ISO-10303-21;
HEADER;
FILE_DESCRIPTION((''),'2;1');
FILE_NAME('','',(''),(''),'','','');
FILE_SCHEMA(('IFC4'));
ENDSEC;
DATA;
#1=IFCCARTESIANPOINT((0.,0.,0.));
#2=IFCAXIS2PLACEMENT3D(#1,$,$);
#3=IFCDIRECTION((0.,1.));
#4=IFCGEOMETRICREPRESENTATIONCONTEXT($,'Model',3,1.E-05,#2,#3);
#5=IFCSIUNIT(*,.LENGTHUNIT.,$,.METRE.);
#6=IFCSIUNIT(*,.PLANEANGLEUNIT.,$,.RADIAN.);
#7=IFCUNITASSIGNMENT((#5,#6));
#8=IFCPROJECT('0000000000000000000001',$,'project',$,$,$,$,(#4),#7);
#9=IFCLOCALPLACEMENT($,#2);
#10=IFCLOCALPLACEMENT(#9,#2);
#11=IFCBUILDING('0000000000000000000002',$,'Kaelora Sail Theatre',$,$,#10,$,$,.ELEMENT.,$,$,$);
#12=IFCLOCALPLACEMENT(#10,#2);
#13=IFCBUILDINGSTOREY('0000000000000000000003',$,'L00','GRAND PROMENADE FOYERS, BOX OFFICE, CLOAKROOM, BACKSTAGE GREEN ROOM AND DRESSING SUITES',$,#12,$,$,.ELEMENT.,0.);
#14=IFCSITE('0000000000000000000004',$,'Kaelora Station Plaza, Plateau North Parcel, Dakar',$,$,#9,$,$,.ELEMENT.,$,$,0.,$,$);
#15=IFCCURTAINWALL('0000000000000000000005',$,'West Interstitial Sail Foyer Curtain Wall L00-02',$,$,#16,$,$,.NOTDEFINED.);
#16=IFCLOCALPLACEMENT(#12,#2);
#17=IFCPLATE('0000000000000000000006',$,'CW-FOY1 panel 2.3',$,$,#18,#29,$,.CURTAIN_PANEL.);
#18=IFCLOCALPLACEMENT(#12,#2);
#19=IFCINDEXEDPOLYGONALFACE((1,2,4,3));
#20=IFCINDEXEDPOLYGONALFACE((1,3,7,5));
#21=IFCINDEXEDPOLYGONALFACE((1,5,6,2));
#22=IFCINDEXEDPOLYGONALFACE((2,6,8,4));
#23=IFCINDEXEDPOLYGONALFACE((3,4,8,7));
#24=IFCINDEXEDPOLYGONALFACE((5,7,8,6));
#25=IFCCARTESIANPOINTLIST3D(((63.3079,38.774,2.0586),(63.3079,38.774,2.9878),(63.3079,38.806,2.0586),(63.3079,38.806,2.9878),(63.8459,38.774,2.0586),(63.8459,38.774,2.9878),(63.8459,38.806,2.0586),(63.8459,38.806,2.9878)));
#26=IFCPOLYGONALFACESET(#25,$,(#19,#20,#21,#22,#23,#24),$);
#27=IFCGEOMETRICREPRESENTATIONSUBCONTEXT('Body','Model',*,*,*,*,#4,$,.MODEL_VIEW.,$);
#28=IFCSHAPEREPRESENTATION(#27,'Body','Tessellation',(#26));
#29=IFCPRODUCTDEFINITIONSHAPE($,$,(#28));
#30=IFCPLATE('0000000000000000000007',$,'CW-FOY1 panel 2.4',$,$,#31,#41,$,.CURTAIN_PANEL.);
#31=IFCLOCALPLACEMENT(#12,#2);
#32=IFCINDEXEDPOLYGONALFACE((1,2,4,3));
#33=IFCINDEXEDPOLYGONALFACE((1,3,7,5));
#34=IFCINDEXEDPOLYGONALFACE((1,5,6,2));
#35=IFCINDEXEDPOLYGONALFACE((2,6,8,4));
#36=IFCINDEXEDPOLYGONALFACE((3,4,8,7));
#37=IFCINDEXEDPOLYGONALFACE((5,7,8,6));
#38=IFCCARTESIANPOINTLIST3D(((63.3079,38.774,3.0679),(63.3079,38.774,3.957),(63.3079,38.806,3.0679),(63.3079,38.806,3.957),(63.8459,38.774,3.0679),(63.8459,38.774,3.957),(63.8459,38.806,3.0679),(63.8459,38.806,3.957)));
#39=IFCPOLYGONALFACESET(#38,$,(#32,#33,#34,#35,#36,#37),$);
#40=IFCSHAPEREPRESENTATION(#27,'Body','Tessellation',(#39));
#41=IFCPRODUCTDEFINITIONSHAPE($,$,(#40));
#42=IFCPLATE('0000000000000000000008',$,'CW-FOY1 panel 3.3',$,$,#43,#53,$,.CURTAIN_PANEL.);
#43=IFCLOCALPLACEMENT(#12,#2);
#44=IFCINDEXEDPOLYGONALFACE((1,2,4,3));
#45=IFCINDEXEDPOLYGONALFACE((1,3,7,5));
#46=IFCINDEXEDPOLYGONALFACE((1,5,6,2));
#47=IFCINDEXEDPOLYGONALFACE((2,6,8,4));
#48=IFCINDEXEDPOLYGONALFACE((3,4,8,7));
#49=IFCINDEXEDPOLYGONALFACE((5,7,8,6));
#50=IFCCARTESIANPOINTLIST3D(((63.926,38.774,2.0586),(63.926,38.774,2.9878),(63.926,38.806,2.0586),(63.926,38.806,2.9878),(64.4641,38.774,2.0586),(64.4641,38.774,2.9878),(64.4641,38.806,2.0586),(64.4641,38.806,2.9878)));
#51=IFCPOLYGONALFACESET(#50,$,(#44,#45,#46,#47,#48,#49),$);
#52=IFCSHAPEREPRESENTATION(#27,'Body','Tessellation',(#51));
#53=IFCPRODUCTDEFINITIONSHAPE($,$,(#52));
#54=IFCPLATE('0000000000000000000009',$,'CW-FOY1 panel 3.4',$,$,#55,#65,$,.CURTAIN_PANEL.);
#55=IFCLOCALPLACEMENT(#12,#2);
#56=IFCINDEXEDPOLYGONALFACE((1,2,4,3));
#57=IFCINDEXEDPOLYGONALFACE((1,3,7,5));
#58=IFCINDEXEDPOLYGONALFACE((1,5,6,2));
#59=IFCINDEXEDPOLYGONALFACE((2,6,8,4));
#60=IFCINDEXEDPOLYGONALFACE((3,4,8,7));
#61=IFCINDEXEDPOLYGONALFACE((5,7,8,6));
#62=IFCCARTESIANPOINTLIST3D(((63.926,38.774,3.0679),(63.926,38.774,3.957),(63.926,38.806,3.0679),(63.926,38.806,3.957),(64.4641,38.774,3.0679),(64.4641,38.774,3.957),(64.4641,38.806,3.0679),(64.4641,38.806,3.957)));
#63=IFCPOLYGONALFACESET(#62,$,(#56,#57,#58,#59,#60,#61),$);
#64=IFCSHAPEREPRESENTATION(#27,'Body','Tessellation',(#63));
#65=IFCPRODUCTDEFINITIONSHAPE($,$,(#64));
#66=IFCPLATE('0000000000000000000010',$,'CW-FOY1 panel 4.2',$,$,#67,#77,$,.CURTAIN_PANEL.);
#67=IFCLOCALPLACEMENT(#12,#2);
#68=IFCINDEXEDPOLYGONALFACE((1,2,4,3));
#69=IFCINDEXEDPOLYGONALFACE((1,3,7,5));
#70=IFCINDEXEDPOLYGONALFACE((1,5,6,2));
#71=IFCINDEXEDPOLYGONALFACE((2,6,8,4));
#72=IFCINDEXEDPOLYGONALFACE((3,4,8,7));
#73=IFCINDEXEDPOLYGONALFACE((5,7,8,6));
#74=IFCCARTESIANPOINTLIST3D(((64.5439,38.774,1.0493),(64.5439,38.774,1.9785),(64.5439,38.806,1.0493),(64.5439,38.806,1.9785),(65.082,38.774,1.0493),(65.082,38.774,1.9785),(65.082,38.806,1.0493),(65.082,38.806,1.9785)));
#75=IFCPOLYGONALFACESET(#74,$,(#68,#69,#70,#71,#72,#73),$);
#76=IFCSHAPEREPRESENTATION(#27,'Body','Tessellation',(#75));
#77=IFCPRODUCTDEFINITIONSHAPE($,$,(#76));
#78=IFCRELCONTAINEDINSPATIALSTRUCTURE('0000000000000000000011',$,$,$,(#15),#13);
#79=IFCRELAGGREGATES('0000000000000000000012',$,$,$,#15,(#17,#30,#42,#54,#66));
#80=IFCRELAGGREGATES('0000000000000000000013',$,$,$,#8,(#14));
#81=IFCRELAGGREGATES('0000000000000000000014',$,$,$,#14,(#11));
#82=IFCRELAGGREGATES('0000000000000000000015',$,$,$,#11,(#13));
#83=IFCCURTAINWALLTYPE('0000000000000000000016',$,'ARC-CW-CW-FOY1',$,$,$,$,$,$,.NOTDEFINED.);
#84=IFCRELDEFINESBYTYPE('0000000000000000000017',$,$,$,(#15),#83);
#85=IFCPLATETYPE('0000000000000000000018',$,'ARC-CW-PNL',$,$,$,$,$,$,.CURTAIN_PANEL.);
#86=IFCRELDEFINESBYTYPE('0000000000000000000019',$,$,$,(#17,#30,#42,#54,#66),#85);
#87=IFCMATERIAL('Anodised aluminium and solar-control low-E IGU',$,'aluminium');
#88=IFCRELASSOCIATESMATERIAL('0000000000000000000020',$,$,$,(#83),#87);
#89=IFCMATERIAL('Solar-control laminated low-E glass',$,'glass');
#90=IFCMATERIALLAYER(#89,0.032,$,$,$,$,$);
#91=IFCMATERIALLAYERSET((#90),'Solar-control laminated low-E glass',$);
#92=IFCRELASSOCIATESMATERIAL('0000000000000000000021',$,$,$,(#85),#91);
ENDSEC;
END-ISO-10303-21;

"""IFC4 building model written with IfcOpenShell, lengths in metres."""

from ifc_helpers import new_model, si_unit, direction, frame, origin, origin_2d, place, context, subcontext, project, spatial, rectangle, extrude, material, layer, layer_set, type_object, element, aggregate, save


model = new_model("IFC4")

# Units and contexts
model_context = context("Model", 3, precision=1e-05, world=origin(), true_north=direction((0.0, 1.0)))
body_context = subcontext(model_context, "Body", "Model", "MODEL_VIEW")
ifc_project = project(units=[si_unit("LENGTHUNIT", "METRE"), si_unit("PLANEANGLEUNIT", "RADIAN")], contexts=[model_context])

# Site, building, storey
site_placement = place(None, origin())
site = spatial("IfcSite", under=ifc_project, at=site_placement, Name="Kaelora Station Plaza, Plateau North Parcel, Dakar", CompositionType="ELEMENT", RefElevation=0.0)
building_placement = place(site_placement, origin())
building = spatial("IfcBuilding", under=site, at=building_placement, Name="Kaelora Sail Theatre", CompositionType="ELEMENT")
storey_placement = place(building_placement, origin())
storey = spatial("IfcBuildingStorey", under=building, at=storey_placement, Name="L00", Description="GRAND PROMENADE FOYERS, BOX OFFICE, CLOAKROOM, BACKSTAGE GREEN ROOM AND DRESSING SUITES", CompositionType="ELEMENT", Elevation=0.0)

# Curtain wall
ifc_material_1 = material(Name="Anodised aluminium and solar-control low-E IGU", Category="aluminium")
curtain_wall_type = type_object("IfcCurtainWallType", Name="ARC-CW-CW-FOY1", PredefinedType="NOTDEFINED", material=ifc_material_1)
curtain_wall_1_placement = place(storey_placement, origin())
curtain_wall_1 = element("IfcCurtainWall", 1, at=curtain_wall_1_placement, inside=storey, type_object=curtain_wall_type, Name="West Interstitial Sail Foyer Curtain Wall L00-02", PredefinedType="NOTDEFINED")

# Shared definitions
ifc_material_2 = material(Name="Solar-control laminated low-E glass", Category="glass")
ifc_layer = layer(ifc_material_2, 0.032)
ifc_layer_set = layer_set([ifc_layer], Name="Solar-control laminated low-E glass")
plate_type = type_object("IfcPlateType", Name="ARC-CW-PNL", PredefinedType="CURTAIN_PANEL", material=ifc_layer_set)

# Plates
plate_1_placement = place(storey_placement, frame((63.5769, 38.79, 2.0586), z_axis=(0.0, 0.0, 1.0), x_axis=(1.0, 0.0, 0.0)))
plate_1 = element("IfcPlate", 2, at=plate_1_placement, type_object=plate_type, Name="CW-FOY1 panel 2.3", PredefinedType="CURTAIN_PANEL", context=body_context, shape_type="SweptSolid", body=[
    extrude(rectangle(XDim=0.5381, YDim=0.032, at=origin_2d()), origin(), (0.0, 0.0, 1.0), 0.9292),
])
plate_2_placement = place(storey_placement, frame((63.5769, 38.79, 3.0679), z_axis=(0.0, 0.0, 1.0), x_axis=(1.0, 0.0, 0.0)))
plate_2 = element("IfcPlate", 3, at=plate_2_placement, type_object=plate_type, Name="CW-FOY1 panel 2.4", PredefinedType="CURTAIN_PANEL", context=body_context, shape_type="SweptSolid", body=[
    extrude(rectangle(XDim=0.5381, YDim=0.032, at=origin_2d()), origin(), (0.0, 0.0, 1.0), 0.8892),
])
plate_3_placement = place(storey_placement, frame((64.1951, 38.79, 2.0586), z_axis=(0.0, 0.0, 1.0), x_axis=(1.0, 0.0, 0.0)))
plate_3 = element("IfcPlate", 4, at=plate_3_placement, type_object=plate_type, Name="CW-FOY1 panel 3.3", PredefinedType="CURTAIN_PANEL", context=body_context, shape_type="SweptSolid", body=[
    extrude(rectangle(XDim=0.5381, YDim=0.032, at=origin_2d()), origin(), (0.0, 0.0, 1.0), 0.9292),
])
plate_4_placement = place(storey_placement, frame((64.1951, 38.79, 3.0679), z_axis=(0.0, 0.0, 1.0), x_axis=(1.0, 0.0, 0.0)))
plate_4 = element("IfcPlate", 5, at=plate_4_placement, type_object=plate_type, Name="CW-FOY1 panel 3.4", PredefinedType="CURTAIN_PANEL", context=body_context, shape_type="SweptSolid", body=[
    extrude(rectangle(XDim=0.5381, YDim=0.032, at=origin_2d()), origin(), (0.0, 0.0, 1.0), 0.8892),
])
plate_5_placement = place(storey_placement, frame((64.813, 38.79, 1.0493), z_axis=(0.0, 0.0, 1.0), x_axis=(1.0, 0.0, 0.0)))
plate_5 = element("IfcPlate", 6, at=plate_5_placement, type_object=plate_type, Name="CW-FOY1 panel 4.2", PredefinedType="CURTAIN_PANEL", context=body_context, shape_type="SweptSolid", body=[
    extrude(rectangle(XDim=0.5381, YDim=0.032, at=origin_2d()), origin(), (0.0, 0.0, 1.0), 0.9292),
])
aggregate(curtain_wall_1, [plate_1, plate_2, plate_3, plate_4, plate_5])

save(model, "model.ifc")
